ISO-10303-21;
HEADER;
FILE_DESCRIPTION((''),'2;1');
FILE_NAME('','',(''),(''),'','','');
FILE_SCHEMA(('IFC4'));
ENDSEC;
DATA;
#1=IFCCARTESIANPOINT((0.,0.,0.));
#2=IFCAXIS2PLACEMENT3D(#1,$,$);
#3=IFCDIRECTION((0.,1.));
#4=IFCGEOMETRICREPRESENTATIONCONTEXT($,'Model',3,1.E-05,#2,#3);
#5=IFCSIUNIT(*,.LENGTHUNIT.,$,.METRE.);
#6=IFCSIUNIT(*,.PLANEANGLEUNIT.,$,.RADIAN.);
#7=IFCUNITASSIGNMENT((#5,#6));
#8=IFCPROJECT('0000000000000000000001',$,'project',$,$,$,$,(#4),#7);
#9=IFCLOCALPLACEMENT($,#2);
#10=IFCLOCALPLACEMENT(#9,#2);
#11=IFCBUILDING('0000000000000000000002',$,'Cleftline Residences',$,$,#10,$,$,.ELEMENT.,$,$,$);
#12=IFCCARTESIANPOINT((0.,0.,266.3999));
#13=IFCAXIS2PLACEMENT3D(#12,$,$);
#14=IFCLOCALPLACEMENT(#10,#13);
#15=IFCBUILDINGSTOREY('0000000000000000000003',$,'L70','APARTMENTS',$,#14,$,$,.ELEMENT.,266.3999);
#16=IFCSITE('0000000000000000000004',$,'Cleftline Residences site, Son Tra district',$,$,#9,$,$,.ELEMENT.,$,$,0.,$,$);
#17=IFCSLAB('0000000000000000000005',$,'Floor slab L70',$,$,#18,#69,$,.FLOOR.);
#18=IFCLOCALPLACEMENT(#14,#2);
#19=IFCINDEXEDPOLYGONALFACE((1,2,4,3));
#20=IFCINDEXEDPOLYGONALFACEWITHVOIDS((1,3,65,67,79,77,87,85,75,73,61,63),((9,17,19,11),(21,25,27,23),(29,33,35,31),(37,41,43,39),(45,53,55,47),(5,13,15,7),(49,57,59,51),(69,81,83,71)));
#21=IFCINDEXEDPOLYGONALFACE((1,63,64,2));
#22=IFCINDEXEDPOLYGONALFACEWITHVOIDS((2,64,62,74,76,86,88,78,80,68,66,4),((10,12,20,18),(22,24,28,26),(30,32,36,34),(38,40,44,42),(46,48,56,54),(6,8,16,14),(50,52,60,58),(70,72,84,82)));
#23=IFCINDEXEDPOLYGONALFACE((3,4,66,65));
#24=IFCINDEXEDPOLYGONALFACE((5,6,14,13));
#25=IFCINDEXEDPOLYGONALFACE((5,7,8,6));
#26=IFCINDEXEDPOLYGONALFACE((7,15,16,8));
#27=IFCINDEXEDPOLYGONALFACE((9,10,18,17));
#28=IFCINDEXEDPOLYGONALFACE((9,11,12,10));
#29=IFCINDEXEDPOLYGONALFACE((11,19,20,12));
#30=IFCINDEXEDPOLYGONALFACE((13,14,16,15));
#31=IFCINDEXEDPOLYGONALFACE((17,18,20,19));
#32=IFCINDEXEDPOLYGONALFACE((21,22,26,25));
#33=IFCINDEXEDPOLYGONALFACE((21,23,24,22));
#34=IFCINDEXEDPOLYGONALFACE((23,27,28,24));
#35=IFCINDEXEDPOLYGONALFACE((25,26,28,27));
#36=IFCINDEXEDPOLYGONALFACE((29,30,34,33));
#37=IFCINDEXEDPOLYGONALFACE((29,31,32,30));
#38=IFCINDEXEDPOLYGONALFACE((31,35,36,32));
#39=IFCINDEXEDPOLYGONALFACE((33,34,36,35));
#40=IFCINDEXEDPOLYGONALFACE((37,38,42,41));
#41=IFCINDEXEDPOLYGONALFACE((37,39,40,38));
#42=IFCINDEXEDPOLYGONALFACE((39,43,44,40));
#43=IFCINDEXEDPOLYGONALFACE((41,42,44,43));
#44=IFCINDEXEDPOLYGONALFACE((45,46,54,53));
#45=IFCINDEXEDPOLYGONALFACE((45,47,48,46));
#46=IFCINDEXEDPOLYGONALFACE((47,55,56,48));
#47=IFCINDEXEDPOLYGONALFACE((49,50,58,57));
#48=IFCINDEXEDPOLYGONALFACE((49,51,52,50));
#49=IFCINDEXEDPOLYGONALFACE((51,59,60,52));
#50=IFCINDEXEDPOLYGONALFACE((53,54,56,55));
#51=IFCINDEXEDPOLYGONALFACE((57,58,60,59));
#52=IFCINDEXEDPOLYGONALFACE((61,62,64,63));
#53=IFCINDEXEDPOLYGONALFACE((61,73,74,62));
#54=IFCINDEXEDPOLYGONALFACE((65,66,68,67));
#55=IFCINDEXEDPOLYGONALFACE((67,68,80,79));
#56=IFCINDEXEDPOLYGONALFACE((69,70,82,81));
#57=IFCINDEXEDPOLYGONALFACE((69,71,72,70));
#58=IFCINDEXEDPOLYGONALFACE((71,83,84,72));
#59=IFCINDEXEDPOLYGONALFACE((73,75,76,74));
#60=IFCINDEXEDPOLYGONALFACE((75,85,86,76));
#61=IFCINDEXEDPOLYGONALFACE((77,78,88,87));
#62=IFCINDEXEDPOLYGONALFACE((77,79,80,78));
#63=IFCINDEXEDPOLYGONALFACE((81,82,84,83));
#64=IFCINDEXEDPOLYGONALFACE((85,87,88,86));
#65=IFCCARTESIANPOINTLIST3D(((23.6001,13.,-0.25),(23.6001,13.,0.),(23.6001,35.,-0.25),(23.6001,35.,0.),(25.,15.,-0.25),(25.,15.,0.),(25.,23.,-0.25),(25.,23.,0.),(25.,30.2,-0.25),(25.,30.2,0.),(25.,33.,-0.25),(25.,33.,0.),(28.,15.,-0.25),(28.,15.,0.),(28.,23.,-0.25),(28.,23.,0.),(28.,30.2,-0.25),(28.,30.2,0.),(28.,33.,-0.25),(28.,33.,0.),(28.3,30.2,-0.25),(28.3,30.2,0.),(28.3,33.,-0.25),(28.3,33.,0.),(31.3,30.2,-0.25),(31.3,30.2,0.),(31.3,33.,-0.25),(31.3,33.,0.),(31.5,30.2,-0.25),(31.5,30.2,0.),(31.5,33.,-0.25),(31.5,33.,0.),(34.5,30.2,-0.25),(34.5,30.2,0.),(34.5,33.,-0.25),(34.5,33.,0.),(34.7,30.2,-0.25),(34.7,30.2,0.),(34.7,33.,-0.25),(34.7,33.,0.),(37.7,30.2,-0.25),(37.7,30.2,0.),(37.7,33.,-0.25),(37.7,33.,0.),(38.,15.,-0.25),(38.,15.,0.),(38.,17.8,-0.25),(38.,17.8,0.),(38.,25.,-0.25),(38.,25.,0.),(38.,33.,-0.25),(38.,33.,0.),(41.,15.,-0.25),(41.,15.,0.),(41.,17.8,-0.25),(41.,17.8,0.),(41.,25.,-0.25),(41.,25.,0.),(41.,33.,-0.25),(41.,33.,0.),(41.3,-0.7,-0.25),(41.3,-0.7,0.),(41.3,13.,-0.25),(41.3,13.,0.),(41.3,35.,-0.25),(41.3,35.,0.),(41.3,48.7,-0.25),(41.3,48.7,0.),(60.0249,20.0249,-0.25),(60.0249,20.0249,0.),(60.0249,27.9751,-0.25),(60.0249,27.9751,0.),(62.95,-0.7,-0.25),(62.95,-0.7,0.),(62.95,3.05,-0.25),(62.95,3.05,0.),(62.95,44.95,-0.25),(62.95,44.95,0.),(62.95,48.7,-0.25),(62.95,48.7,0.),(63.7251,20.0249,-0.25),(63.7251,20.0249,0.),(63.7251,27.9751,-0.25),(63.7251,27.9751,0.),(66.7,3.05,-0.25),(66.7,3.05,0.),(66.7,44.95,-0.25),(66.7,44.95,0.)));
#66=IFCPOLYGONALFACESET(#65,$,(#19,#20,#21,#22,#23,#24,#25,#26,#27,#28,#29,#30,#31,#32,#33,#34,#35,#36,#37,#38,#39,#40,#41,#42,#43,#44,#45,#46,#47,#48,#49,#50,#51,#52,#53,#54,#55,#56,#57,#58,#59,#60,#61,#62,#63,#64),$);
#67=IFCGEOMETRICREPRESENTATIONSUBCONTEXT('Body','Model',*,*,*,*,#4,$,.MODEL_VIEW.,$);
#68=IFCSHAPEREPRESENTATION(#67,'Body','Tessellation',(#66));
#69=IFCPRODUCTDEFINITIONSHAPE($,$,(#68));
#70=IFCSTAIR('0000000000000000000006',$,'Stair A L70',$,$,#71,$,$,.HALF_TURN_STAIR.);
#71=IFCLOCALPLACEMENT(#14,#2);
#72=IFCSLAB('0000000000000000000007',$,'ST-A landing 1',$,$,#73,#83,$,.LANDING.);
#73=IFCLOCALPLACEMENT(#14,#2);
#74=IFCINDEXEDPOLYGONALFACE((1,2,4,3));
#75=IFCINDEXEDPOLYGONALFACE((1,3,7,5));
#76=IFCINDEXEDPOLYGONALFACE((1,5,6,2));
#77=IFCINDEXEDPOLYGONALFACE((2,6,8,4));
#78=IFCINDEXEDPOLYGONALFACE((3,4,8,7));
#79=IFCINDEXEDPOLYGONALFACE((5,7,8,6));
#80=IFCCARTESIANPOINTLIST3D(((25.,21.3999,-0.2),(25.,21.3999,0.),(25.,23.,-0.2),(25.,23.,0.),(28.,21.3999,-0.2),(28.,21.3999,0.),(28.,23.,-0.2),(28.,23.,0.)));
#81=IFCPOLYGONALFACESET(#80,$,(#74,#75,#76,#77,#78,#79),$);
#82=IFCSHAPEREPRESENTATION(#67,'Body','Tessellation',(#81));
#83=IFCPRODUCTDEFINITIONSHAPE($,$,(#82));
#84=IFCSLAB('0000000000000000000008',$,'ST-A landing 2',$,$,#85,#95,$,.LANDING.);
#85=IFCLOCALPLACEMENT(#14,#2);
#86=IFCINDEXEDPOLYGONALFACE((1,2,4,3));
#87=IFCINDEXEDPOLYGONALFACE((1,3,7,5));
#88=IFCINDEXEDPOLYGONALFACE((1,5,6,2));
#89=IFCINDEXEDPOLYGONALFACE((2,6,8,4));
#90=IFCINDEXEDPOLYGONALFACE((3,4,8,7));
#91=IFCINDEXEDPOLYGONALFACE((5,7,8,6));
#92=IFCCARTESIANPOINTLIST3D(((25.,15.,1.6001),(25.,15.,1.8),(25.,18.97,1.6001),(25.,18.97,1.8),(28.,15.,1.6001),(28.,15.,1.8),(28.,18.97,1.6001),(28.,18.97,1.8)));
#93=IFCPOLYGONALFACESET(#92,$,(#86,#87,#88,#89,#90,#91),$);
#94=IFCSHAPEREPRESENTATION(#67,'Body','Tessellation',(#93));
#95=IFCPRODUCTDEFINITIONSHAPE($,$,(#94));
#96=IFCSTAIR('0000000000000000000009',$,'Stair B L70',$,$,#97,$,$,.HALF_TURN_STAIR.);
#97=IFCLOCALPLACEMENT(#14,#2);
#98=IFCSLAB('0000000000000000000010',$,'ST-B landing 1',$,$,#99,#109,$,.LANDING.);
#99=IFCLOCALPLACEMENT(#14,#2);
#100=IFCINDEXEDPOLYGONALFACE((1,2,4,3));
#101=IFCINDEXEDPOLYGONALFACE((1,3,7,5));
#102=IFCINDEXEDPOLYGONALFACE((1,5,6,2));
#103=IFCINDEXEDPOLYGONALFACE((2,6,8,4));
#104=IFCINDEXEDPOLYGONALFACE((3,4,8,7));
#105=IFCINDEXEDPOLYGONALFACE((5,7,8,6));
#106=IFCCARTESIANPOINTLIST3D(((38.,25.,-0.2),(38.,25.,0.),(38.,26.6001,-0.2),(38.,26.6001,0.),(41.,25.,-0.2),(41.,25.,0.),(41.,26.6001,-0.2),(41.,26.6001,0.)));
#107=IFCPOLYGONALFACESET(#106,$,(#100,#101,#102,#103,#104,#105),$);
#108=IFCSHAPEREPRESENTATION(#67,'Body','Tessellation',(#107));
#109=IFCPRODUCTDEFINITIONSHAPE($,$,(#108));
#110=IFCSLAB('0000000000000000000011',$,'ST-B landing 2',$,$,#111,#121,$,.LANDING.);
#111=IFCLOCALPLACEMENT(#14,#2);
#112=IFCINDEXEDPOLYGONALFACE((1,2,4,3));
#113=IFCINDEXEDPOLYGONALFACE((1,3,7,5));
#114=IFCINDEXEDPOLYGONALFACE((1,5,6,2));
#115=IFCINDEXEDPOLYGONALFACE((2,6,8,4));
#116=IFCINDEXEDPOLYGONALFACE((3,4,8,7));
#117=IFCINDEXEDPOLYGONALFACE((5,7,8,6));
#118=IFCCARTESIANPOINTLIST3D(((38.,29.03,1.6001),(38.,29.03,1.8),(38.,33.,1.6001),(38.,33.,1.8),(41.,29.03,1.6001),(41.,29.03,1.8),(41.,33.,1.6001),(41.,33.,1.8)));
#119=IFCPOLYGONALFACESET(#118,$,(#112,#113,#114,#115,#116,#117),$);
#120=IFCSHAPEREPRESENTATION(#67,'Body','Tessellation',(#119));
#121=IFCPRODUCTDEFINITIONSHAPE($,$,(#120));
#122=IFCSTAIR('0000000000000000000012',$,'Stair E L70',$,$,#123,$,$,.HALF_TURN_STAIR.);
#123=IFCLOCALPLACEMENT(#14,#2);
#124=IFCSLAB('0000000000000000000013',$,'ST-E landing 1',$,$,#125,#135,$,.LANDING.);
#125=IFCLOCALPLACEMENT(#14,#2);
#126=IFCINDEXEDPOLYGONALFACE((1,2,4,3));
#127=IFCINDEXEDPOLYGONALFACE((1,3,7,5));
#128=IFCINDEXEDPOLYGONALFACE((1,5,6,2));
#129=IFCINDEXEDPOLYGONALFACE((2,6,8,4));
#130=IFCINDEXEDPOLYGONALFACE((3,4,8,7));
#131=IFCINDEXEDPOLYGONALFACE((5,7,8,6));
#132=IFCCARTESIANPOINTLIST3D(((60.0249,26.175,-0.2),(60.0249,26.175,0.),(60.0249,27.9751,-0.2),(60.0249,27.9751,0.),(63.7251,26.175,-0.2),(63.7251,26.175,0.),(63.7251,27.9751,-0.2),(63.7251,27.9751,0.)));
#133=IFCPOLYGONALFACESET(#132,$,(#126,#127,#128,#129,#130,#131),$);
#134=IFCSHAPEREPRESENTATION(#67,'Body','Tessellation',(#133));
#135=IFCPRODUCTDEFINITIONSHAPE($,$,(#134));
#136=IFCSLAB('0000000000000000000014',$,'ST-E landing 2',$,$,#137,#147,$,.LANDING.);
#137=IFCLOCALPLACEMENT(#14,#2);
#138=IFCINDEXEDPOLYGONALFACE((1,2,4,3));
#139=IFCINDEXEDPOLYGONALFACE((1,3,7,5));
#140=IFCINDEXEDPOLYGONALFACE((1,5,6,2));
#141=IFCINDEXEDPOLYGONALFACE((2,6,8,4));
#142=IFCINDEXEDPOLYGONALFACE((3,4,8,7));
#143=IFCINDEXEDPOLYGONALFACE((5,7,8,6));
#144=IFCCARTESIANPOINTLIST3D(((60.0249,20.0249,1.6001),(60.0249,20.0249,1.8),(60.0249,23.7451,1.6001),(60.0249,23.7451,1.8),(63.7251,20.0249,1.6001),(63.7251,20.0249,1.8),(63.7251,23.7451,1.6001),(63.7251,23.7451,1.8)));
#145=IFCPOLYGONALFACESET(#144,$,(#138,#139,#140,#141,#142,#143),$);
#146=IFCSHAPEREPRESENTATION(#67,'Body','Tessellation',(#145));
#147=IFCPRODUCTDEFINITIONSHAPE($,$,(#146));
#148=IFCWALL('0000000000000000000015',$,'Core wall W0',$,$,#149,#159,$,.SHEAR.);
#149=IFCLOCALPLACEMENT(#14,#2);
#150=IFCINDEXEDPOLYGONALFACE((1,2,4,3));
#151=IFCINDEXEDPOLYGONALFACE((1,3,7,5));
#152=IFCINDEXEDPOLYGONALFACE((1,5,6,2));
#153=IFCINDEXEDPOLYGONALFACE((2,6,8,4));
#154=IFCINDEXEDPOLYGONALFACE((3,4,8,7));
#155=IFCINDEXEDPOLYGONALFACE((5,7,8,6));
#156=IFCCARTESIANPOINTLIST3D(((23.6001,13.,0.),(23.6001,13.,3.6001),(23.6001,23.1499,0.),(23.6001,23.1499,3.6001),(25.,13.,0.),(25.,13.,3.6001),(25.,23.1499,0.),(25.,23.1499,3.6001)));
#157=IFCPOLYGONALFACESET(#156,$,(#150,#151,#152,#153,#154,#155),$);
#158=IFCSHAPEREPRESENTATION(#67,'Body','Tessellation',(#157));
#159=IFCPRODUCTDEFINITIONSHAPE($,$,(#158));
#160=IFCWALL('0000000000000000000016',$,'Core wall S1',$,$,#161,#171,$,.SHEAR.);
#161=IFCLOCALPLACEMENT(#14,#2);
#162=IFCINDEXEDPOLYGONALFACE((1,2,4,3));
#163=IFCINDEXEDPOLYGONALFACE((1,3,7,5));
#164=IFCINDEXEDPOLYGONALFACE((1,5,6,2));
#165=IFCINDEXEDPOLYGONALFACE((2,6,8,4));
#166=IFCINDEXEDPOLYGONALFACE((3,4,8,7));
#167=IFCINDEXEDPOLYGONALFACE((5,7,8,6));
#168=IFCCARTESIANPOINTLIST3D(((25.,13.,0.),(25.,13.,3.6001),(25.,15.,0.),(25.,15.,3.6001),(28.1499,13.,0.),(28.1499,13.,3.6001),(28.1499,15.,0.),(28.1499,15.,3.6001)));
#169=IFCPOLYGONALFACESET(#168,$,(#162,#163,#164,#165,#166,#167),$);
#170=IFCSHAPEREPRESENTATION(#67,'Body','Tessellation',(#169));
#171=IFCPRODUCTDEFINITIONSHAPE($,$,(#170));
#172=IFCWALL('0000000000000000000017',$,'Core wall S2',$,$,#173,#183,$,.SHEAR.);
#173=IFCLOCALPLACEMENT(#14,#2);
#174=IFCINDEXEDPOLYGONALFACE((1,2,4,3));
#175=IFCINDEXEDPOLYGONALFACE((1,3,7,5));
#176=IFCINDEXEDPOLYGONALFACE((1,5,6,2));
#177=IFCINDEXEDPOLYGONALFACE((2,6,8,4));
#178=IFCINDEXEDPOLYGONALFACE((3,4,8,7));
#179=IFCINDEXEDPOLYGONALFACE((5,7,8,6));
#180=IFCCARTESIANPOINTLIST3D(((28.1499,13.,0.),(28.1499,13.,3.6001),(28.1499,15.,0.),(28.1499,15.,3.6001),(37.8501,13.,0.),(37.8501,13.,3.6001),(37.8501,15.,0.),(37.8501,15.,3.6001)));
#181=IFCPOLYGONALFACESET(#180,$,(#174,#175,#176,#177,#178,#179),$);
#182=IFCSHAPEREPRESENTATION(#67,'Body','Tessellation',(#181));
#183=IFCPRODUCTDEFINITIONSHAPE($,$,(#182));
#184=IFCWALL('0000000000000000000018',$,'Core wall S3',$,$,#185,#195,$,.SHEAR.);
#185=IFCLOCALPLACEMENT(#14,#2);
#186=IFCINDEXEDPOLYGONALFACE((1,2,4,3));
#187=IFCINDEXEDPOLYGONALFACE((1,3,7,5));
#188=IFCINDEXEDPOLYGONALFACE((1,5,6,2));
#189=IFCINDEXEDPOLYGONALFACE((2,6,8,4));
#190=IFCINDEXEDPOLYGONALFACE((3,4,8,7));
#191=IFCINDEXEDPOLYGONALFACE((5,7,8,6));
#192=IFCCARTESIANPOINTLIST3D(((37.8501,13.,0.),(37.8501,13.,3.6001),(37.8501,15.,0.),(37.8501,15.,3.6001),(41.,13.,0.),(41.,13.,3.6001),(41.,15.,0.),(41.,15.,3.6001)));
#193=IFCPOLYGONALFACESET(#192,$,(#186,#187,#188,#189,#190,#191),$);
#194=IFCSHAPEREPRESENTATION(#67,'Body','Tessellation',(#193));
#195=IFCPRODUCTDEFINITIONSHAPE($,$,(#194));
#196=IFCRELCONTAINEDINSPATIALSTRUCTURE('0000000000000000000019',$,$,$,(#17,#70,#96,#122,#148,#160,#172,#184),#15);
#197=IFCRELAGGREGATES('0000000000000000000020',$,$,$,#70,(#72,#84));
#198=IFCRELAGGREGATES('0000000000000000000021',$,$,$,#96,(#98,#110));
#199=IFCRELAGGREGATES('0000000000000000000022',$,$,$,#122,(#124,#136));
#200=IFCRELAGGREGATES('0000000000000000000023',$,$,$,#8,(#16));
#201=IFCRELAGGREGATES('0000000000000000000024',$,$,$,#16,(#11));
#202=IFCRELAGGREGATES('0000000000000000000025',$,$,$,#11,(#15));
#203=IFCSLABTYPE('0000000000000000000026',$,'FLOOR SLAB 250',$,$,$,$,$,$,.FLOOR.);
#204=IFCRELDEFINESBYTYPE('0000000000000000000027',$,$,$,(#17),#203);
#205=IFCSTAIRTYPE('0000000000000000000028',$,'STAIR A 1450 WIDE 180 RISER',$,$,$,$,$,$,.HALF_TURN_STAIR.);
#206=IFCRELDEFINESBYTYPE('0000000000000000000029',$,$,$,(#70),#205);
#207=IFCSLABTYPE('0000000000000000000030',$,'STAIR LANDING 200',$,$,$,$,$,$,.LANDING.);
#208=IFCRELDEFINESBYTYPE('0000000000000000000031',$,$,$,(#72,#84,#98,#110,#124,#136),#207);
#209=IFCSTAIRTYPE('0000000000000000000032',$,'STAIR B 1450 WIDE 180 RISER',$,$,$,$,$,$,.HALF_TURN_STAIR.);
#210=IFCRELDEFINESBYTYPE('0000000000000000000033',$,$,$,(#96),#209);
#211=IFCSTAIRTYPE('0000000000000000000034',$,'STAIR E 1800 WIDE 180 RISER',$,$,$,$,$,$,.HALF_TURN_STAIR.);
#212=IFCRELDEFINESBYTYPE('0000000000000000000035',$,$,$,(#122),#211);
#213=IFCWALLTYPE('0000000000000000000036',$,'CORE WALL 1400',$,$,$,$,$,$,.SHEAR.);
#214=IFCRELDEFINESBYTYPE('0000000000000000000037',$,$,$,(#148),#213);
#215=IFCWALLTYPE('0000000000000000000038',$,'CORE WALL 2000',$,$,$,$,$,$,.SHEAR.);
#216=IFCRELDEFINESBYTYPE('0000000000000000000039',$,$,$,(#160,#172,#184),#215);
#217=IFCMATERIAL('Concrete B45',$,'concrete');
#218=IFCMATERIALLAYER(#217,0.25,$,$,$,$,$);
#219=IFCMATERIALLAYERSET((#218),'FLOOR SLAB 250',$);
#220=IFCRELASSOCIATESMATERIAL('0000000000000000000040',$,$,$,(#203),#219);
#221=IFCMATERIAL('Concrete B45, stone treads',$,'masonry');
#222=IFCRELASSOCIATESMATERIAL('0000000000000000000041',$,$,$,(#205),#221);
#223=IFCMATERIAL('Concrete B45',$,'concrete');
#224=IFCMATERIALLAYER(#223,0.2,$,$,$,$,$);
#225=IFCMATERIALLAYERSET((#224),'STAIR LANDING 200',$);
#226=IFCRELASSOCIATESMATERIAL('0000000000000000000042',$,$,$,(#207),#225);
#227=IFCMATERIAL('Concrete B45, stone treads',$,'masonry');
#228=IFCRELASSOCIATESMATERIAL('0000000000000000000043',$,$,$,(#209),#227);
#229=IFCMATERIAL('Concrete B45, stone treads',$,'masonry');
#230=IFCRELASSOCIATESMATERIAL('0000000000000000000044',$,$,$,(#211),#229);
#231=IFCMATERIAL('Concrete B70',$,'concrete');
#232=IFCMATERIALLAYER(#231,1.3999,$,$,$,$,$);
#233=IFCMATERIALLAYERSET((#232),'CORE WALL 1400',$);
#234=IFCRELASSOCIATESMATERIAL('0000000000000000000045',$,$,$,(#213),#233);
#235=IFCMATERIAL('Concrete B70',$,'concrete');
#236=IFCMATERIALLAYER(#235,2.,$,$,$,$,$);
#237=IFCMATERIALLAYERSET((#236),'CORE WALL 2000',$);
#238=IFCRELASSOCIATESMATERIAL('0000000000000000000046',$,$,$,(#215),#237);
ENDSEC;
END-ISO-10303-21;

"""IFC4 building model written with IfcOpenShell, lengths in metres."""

from ifc_helpers import new_model, si_unit, direction, frame, frame_2d, origin, place, context, subcontext, project, spatial, polyline, rectangle, outline, extrude, material, layer, layer_set, type_object, element, aggregate, save


model = new_model("IFC4")

# Units and contexts
model_context = context("Model", 3, precision=1e-05, world=origin(), true_north=direction((0.0, 1.0)))
body_context = subcontext(model_context, "Body", "Model", "MODEL_VIEW")
ifc_project = project(units=[si_unit("LENGTHUNIT", "METRE"), si_unit("PLANEANGLEUNIT", "RADIAN")], contexts=[model_context])

# Site, building, storey
site_placement = place(None, origin())
site = spatial("IfcSite", under=ifc_project, at=site_placement, Name="Cleftline Residences site, Son Tra district", CompositionType="ELEMENT", RefElevation=0.0)
building_placement = place(site_placement, origin())
building = spatial("IfcBuilding", under=site, at=building_placement, Name="Cleftline Residences", CompositionType="ELEMENT")
storey_placement = place(building_placement, frame((0.0, 0.0, 266.3999)))
storey = spatial("IfcBuildingStorey", under=building, at=storey_placement, Name="L70", Description="APARTMENTS", CompositionType="ELEMENT", Elevation=266.3999)

# Slab
ifc_material_1 = material(Name="Concrete B45", Category="concrete")
ifc_layer_1 = layer(ifc_material_1, 0.25)
ifc_layer_set_1 = layer_set([ifc_layer_1], Name="FLOOR SLAB 250")
slab_type_1 = type_object("IfcSlabType", Name="FLOOR SLAB 250", PredefinedType="FLOOR", material=ifc_layer_set_1)
slab_1_placement = place(storey_placement, frame((0.0, 0.0, -0.25)))
element("IfcSlab", 1, at=slab_1_placement, inside=storey, type_object=slab_type_1, Name="Floor slab L70", PredefinedType="FLOOR", context=body_context, shape_type="SweptSolid", body=[
    extrude(outline(polyline([(41.3, 13.0), (41.3, -0.7), (62.95, -0.7), (62.95, 3.05), (66.7, 3.05), (66.7, 44.95), (62.95, 44.95), (62.95, 48.7), (41.3, 48.7), (41.3, 35.0), (23.6001, 35.0), (23.6001, 13.0), (41.3, 13.0)]), holes=[polyline([(28.0, 15.0), (28.0, 23.0), (25.0, 23.0), (25.0, 15.0), (28.0, 15.0)]), polyline([(41.0, 25.0), (41.0, 33.0), (38.0, 33.0), (38.0, 25.0), (41.0, 25.0)]), polyline([(28.0, 30.2), (28.0, 33.0), (25.0, 33.0), (25.0, 30.2), (28.0, 30.2)]), polyline([(41.0, 15.0), (41.0, 17.8), (38.0, 17.8), (38.0, 15.0), (41.0, 15.0)]), polyline([(31.3, 30.2), (31.3, 33.0), (28.3, 33.0), (28.3, 30.2), (31.3, 30.2)]), polyline([(34.5, 30.2), (34.5, 33.0), (31.5, 33.0), (31.5, 30.2), (34.5, 30.2)]), polyline([(37.7, 30.2), (37.7, 33.0), (34.7, 33.0), (34.7, 30.2), (37.7, 30.2)]), polyline([(63.7251, 20.0249), (63.7251, 27.9751), (60.0249, 27.9751), (60.0249, 20.0249), (63.7251, 20.0249)])]), origin(), (0.0, 0.0, 1.0), 0.25),
])

# Stairs, slabs
ifc_material_2 = material(Name="Concrete B45, stone treads", Category="masonry")
stair_type_1 = type_object("IfcStairType", Name="STAIR A 1450 WIDE 180 RISER", PredefinedType="HALF_TURN_STAIR", material=ifc_material_2)
stair_1_placement = place(storey_placement, origin())
stair_1 = element("IfcStair", 2, at=stair_1_placement, inside=storey, type_object=stair_type_1, Name="Stair A L70", PredefinedType="HALF_TURN_STAIR")
ifc_material_3 = material(Name="Concrete B45", Category="concrete")
ifc_layer_2 = layer(ifc_material_3, 0.2)
ifc_layer_set_2 = layer_set([ifc_layer_2], Name="STAIR LANDING 200")
slab_type_2 = type_object("IfcSlabType", Name="STAIR LANDING 200", PredefinedType="LANDING", material=ifc_layer_set_2)
slab_2_placement = place(storey_placement, frame((0.0, 0.0, -0.2)))
slab_2 = element("IfcSlab", 3, at=slab_2_placement, type_object=slab_type_2, Name="ST-A landing 1", PredefinedType="LANDING", context=body_context, shape_type="SweptSolid", body=[
    extrude(outline(polyline([(25.0, 21.3999), (28.0, 21.3999), (28.0, 23.0), (25.0, 23.0), (25.0, 21.3999)])), origin(), (0.0, 0.0, 1.0), 0.2),
])
slab_3_placement = place(storey_placement, frame((0.0, 0.0, 1.6001)))
slab_3 = element("IfcSlab", 4, at=slab_3_placement, type_object=slab_type_2, Name="ST-A landing 2", PredefinedType="LANDING", context=body_context, shape_type="SweptSolid", body=[
    extrude(outline(polyline([(25.0, 15.0), (28.0, 15.0), (28.0, 18.97), (25.0, 18.97), (25.0, 15.0)])), origin(), (0.0, 0.0, 1.0), 0.2),
])
aggregate(stair_1, [slab_2, slab_3])
ifc_material_4 = material(Name="Concrete B45, stone treads", Category="masonry")
stair_type_2 = type_object("IfcStairType", Name="STAIR B 1450 WIDE 180 RISER", PredefinedType="HALF_TURN_STAIR", material=ifc_material_4)
stair_2_placement = place(storey_placement, origin())
stair_2 = element("IfcStair", 5, at=stair_2_placement, inside=storey, type_object=stair_type_2, Name="Stair B L70", PredefinedType="HALF_TURN_STAIR")
slab_4_placement = place(storey_placement, frame((0.0, 0.0, -0.2)))
slab_4 = element("IfcSlab", 6, at=slab_4_placement, type_object=slab_type_2, Name="ST-B landing 1", PredefinedType="LANDING", context=body_context, shape_type="SweptSolid", body=[
    extrude(outline(polyline([(38.0, 25.0), (41.0, 25.0), (41.0, 26.6001), (38.0, 26.6001), (38.0, 25.0)])), origin(), (0.0, 0.0, 1.0), 0.2),
])
slab_5_placement = place(storey_placement, frame((0.0, 0.0, 1.6001)))
slab_5 = element("IfcSlab", 7, at=slab_5_placement, type_object=slab_type_2, Name="ST-B landing 2", PredefinedType="LANDING", context=body_context, shape_type="SweptSolid", body=[
    extrude(outline(polyline([(38.0, 29.03), (41.0, 29.03), (41.0, 33.0), (38.0, 33.0), (38.0, 29.03)])), origin(), (0.0, 0.0, 1.0), 0.2),
])
aggregate(stair_2, [slab_4, slab_5])
ifc_material_5 = material(Name="Concrete B45, stone treads", Category="masonry")
stair_type_3 = type_object("IfcStairType", Name="STAIR E 1800 WIDE 180 RISER", PredefinedType="HALF_TURN_STAIR", material=ifc_material_5)
stair_3_placement = place(storey_placement, origin())
stair_3 = element("IfcStair", 8, at=stair_3_placement, inside=storey, type_object=stair_type_3, Name="Stair E L70", PredefinedType="HALF_TURN_STAIR")
slab_6_placement = place(storey_placement, frame((0.0, 0.0, -0.2)))
slab_6 = element("IfcSlab", 9, at=slab_6_placement, type_object=slab_type_2, Name="ST-E landing 1", PredefinedType="LANDING", context=body_context, shape_type="SweptSolid", body=[
    extrude(outline(polyline([(60.0249, 26.175), (63.7251, 26.175), (63.7251, 27.9751), (60.0249, 27.9751), (60.0249, 26.175)])), origin(), (0.0, 0.0, 1.0), 0.2),
])
slab_7_placement = place(storey_placement, frame((0.0, 0.0, 1.6001)))
slab_7 = element("IfcSlab", 10, at=slab_7_placement, type_object=slab_type_2, Name="ST-E landing 2", PredefinedType="LANDING", context=body_context, shape_type="SweptSolid", body=[
    extrude(outline(polyline([(60.0249, 20.0249), (63.7251, 20.0249), (63.7251, 23.7451), (60.0249, 23.7451), (60.0249, 20.0249)])), origin(), (0.0, 0.0, 1.0), 0.2),
])
aggregate(stair_3, [slab_6, slab_7])

# Walls
ifc_material_6 = material(Name="Concrete B70", Category="concrete")
ifc_layer_3 = layer(ifc_material_6, 1.3999)
ifc_layer_set_3 = layer_set([ifc_layer_3], Name="CORE WALL 1400")
wall_type_1 = type_object("IfcWallType", Name="CORE WALL 1400", PredefinedType="SHEAR", material=ifc_layer_set_3)
wall_1_placement = place(storey_placement, frame((24.3, 13.0, 0.0), z_axis=(0.0, 0.0, 1.0), x_axis=(0.0, 1.0, 0.0)))
element("IfcWall", 11, at=wall_1_placement, inside=storey, type_object=wall_type_1, Name="Core wall W0", PredefinedType="SHEAR", context=body_context, shape_type="SweptSolid", body=[
    extrude(rectangle(XDim=10.1499, YDim=1.3999, at=frame_2d((5.075, 0.0))), origin(), (0.0, 0.0, 1.0), 3.6001),
])
ifc_material_7 = material(Name="Concrete B70", Category="concrete")
ifc_layer_4 = layer(ifc_material_7, 2.0)
ifc_layer_set_4 = layer_set([ifc_layer_4], Name="CORE WALL 2000")
wall_type_2 = type_object("IfcWallType", Name="CORE WALL 2000", PredefinedType="SHEAR", material=ifc_layer_set_4)
wall_2_placement = place(storey_placement, frame((25.0, 14.0, 0.0), z_axis=(0.0, 0.0, 1.0), x_axis=(1.0, 0.0, 0.0)))
element("IfcWall", 12, at=wall_2_placement, inside=storey, type_object=wall_type_2, Name="Core wall S1", PredefinedType="SHEAR", context=body_context, shape_type="SweptSolid", body=[
    extrude(rectangle(XDim=3.1499, YDim=2.0, at=frame_2d((1.575, 0.0))), origin(), (0.0, 0.0, 1.0), 3.6001),
])
wall_3_placement = place(storey_placement, frame((28.1499, 14.0, 0.0), z_axis=(0.0, 0.0, 1.0), x_axis=(1.0, 0.0, 0.0)))
element("IfcWall", 13, at=wall_3_placement, inside=storey, type_object=wall_type_2, Name="Core wall S2", PredefinedType="SHEAR", context=body_context, shape_type="SweptSolid", body=[
    extrude(rectangle(XDim=9.7002, YDim=2.0, at=frame_2d((4.8501, 0.0))), origin(), (0.0, 0.0, 1.0), 3.6001),
])
wall_4_placement = place(storey_placement, frame((37.8501, 14.0, 0.0), z_axis=(0.0, 0.0, 1.0), x_axis=(1.0, 0.0, 0.0)))
element("IfcWall", 14, at=wall_4_placement, inside=storey, type_object=wall_type_2, Name="Core wall S3", PredefinedType="SHEAR", context=body_context, shape_type="SweptSolid", body=[
    extrude(rectangle(XDim=3.1499, YDim=2.0, at=frame_2d((1.575, 0.0))), origin(), (0.0, 0.0, 1.0), 3.6001),
])

save(model, "model.ifc")
